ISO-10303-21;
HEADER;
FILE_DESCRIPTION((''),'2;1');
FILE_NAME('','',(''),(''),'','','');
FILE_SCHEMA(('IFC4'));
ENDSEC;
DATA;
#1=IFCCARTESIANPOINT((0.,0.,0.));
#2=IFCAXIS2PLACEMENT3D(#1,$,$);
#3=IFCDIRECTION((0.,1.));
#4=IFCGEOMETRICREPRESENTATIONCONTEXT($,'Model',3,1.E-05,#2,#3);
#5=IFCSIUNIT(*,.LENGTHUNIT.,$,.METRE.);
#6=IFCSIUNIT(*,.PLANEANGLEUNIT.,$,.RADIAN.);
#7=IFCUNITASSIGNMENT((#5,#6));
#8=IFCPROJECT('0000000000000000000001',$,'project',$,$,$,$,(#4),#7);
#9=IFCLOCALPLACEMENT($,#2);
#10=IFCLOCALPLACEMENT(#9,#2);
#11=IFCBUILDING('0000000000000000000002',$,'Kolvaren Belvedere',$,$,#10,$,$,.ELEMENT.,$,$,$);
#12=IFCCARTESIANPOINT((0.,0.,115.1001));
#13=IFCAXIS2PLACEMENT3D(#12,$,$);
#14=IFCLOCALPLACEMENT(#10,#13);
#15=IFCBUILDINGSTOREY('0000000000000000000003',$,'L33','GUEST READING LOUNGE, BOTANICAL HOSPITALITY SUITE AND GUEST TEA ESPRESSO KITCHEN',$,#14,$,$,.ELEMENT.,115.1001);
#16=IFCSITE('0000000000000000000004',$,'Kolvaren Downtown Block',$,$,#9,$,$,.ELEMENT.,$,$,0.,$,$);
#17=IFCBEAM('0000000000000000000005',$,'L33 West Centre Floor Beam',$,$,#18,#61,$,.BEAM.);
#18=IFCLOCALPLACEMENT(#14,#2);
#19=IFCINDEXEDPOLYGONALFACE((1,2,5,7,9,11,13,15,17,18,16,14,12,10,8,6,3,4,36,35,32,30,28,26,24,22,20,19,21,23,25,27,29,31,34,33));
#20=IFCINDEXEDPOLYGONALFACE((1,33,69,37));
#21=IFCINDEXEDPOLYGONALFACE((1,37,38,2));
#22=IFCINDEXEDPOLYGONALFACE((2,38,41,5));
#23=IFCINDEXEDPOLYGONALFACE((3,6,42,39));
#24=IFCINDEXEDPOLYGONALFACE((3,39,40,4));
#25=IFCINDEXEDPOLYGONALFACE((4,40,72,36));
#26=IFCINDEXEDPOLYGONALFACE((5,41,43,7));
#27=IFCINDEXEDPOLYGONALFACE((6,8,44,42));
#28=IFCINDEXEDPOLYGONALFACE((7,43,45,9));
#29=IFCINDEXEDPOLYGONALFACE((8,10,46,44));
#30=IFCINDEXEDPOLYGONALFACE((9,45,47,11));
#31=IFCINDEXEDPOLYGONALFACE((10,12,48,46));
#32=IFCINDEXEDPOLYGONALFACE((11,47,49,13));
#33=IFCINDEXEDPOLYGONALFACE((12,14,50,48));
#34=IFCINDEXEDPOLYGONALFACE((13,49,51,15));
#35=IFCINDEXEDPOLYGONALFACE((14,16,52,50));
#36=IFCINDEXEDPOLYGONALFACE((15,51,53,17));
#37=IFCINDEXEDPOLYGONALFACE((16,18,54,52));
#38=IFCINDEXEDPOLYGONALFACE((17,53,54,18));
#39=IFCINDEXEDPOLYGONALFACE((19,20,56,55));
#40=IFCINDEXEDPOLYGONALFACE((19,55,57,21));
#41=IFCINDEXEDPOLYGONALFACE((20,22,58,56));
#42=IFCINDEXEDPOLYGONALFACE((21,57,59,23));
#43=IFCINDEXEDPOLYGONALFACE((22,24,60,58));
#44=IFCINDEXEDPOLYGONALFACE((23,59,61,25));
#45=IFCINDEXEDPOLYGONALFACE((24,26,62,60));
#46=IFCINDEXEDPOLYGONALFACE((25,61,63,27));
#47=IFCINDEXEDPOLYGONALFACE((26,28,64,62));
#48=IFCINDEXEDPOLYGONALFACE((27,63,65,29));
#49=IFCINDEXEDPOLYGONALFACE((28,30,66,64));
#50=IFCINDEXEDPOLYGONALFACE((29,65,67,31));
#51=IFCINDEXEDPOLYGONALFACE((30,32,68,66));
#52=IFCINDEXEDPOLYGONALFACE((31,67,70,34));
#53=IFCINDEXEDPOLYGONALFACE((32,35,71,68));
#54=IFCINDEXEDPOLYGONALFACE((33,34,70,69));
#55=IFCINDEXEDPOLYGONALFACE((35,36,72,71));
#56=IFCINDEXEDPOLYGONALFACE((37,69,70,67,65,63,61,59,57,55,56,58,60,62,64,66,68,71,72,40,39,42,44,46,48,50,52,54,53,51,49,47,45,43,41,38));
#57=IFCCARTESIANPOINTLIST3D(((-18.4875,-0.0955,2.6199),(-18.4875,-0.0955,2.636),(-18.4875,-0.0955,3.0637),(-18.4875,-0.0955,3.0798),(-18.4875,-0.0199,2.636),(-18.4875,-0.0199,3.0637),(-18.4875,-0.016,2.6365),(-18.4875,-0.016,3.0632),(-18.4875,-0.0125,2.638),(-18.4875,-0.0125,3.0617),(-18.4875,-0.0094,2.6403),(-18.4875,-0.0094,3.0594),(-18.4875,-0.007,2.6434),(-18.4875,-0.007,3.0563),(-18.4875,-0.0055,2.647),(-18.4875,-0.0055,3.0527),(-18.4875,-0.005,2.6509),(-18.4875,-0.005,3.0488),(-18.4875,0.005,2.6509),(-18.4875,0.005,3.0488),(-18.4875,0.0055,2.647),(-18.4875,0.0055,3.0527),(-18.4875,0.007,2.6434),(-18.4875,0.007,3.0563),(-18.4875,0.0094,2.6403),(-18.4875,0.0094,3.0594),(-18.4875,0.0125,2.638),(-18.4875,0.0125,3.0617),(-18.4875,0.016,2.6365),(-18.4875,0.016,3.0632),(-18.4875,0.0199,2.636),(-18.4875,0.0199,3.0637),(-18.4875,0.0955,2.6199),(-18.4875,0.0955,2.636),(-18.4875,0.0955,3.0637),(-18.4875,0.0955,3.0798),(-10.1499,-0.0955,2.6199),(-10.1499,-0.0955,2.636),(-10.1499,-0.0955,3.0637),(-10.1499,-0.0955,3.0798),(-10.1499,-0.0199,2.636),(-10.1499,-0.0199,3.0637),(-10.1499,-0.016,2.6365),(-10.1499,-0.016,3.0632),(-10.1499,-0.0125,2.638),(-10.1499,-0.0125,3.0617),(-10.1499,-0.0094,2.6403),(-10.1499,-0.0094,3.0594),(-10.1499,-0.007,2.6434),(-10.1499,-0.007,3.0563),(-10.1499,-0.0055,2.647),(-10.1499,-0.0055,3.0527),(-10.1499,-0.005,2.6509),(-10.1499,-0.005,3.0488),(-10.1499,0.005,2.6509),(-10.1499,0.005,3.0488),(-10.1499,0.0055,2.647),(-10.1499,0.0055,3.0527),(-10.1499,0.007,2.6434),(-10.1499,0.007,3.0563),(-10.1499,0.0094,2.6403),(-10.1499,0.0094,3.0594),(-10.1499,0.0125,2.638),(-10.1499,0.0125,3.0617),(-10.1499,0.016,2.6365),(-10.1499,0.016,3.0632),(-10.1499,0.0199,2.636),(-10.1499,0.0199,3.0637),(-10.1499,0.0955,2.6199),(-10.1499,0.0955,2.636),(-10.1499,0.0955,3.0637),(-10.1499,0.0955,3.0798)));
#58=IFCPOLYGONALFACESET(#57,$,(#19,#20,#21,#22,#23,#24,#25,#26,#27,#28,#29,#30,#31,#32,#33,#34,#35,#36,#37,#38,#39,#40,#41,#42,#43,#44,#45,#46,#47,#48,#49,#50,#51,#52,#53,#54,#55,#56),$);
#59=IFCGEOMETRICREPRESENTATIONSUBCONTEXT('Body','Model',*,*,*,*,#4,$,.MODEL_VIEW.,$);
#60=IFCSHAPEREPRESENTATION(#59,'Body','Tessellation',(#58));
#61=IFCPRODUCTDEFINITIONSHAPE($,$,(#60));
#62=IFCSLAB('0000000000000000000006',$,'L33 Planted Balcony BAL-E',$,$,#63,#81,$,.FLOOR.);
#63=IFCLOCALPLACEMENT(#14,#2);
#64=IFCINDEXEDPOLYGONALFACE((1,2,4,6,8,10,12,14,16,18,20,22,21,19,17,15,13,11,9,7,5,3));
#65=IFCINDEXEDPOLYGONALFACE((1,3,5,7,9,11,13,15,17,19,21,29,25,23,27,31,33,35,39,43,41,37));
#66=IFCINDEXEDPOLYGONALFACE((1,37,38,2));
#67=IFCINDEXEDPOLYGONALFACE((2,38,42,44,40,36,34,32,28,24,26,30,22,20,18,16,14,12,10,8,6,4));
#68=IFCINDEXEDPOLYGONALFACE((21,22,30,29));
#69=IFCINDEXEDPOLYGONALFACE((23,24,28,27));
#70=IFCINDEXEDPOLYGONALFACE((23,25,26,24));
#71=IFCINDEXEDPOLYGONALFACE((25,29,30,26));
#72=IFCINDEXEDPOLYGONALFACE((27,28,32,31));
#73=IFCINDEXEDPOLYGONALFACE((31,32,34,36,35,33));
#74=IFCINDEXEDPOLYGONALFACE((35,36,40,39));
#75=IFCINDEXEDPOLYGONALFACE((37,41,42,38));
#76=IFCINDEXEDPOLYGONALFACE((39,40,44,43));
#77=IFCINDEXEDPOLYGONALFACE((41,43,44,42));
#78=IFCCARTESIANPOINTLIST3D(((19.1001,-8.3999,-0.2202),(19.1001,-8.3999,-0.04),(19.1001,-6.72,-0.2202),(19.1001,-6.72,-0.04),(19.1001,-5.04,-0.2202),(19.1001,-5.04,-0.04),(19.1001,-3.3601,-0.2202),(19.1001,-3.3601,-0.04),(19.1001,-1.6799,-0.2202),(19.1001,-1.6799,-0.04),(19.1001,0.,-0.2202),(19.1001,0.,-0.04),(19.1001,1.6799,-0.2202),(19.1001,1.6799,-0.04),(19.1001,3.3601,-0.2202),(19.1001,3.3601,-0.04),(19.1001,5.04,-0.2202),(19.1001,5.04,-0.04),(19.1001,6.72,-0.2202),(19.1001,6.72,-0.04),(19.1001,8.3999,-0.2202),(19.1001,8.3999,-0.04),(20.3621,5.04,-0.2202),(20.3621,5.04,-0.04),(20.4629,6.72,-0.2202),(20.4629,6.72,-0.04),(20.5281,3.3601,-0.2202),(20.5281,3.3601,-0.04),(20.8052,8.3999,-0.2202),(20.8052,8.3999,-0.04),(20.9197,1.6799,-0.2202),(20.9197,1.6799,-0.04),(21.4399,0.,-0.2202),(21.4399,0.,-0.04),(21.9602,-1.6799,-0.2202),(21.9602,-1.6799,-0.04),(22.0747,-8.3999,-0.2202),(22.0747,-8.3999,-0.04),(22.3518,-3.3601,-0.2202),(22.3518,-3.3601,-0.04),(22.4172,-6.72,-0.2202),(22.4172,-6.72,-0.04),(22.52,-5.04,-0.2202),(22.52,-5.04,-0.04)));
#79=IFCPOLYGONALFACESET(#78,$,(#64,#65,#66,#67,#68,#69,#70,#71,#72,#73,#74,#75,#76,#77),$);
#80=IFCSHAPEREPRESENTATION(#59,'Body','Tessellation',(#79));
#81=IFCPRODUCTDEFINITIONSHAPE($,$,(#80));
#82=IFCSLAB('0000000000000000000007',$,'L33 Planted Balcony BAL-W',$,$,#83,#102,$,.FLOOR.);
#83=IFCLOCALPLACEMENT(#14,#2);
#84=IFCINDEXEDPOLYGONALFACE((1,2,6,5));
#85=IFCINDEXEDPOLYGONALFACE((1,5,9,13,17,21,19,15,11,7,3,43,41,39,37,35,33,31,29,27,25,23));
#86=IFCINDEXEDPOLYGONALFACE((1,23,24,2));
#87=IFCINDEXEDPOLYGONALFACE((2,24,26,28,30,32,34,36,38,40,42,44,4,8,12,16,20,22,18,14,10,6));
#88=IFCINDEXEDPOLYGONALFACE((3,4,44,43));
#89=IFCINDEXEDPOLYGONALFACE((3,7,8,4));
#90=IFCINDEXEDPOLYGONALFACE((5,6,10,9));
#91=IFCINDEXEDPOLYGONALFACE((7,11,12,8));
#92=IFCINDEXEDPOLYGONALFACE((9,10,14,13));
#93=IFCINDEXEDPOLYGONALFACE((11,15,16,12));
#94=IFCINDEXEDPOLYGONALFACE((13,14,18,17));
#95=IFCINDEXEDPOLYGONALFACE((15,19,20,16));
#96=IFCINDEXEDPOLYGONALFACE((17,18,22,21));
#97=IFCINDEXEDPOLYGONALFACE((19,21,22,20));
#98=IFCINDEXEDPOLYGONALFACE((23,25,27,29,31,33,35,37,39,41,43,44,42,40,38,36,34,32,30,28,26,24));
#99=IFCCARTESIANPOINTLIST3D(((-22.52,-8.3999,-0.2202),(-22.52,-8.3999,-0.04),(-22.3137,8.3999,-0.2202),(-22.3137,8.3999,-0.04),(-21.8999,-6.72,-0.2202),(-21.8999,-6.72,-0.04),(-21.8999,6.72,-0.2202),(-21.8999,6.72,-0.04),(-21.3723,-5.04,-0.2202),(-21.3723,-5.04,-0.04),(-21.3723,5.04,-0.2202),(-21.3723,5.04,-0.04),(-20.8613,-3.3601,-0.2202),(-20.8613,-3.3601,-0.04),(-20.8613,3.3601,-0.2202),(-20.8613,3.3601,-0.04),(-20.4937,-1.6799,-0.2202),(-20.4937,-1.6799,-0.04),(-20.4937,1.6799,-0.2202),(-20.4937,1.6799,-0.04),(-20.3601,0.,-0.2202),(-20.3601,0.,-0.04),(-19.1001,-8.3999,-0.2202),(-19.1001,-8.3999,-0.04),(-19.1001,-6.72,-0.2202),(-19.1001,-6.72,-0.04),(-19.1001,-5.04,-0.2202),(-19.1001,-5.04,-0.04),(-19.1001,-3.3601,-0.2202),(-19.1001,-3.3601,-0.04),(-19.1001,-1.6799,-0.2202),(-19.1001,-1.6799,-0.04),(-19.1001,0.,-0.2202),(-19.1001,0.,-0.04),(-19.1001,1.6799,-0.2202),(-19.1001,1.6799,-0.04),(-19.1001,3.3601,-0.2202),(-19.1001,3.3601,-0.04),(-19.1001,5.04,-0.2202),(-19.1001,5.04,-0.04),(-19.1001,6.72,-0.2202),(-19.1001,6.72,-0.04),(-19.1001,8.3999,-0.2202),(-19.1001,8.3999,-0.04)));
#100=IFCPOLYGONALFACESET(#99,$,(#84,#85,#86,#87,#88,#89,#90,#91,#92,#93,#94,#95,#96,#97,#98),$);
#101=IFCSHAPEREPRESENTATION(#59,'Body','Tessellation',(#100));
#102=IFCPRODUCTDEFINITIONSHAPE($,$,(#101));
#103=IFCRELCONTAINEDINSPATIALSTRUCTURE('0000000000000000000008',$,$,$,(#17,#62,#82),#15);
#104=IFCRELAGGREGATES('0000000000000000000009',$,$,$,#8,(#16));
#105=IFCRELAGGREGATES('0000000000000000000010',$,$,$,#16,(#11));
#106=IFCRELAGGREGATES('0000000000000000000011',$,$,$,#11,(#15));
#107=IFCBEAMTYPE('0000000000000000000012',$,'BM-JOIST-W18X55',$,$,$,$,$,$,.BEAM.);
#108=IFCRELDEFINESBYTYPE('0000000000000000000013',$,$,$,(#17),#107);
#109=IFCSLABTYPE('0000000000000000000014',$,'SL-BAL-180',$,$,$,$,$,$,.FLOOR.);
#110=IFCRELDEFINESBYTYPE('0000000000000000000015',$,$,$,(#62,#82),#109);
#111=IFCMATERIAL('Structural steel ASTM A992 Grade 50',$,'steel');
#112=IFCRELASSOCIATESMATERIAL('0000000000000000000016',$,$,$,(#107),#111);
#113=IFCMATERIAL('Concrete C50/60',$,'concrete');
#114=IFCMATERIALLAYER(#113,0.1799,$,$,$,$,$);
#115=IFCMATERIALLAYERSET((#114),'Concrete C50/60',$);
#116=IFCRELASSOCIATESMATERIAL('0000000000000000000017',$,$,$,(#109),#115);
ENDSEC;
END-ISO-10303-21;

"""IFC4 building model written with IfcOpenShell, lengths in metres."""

from ifc_helpers import new_model, si_unit, direction, frame, origin, origin_2d, place, context, subcontext, project, spatial, polyline, i_section, outline, extrude, material, layer, layer_set, material_profile, profile_set, type_object, element, save


model = new_model("IFC4")

# Units and contexts
model_context = context("Model", 3, precision=1e-05, world=origin(), true_north=direction((0.0, 1.0)))
body_context = subcontext(model_context, "Body", "Model", "MODEL_VIEW")
ifc_project = project(units=[si_unit("LENGTHUNIT", "METRE"), si_unit("PLANEANGLEUNIT", "RADIAN")], contexts=[model_context])

# Site, building, storey
site_placement = place(None, origin())
site = spatial("IfcSite", under=ifc_project, at=site_placement, Name="Kolvaren Downtown Block", CompositionType="ELEMENT", RefElevation=0.0)
building_placement = place(site_placement, origin())
building = spatial("IfcBuilding", under=site, at=building_placement, Name="Kolvaren Belvedere", CompositionType="ELEMENT")
storey_placement = place(building_placement, frame((0.0, 0.0, 115.1001)))
storey = spatial("IfcBuildingStorey", under=building, at=storey_placement, Name="L33", Description="GUEST READING LOUNGE, BOTANICAL HOSPITALITY SUITE AND GUEST TEA ESPRESSO KITCHEN", CompositionType="ELEMENT", Elevation=115.1001)

# Beam
ifc_material_1 = material(Name="Structural steel ASTM A992 Grade 50", Category="steel")
ifc_material_profile_1 = material_profile(ifc_material_1, i_section(OverallWidth=0.1909, OverallDepth=0.46, WebThickness=0.01, FlangeThickness=0.0161, FilletRadius=0.0149, at=origin_2d()), Name="W18X55")
ifc_profile_set_1 = profile_set([ifc_material_profile_1], Name="Structural steel ASTM A992 Grade 50")
beam_type_1 = type_object("IfcBeamType", Name="BM-JOIST-W18X55", PredefinedType="BEAM", material=ifc_profile_set_1)
beam_1_placement = place(storey_placement, frame((-10.1499, 0.0, 2.8499), z_axis=(-1.0, 0.0, 0.0), x_axis=(0.0, -1.0, 0.0)))
element("IfcBeam", 1, at=beam_1_placement, inside=storey, type_object=beam_type_1, Name="L33 West Centre Floor Beam", PredefinedType="BEAM", context=body_context, shape_type="SweptSolid", body=[
    extrude(i_section(OverallWidth=0.1909, OverallDepth=0.46, WebThickness=0.01, FlangeThickness=0.0161, FilletRadius=0.0149, at=origin_2d()), origin(), (0.0, 0.0, 1.0), 8.3376),
])

# Slabs
ifc_material_2 = material(Name="Concrete C50/60", Category="concrete")
ifc_layer_1 = layer(ifc_material_2, 0.1799)
ifc_layer_set_1 = layer_set([ifc_layer_1], Name="Concrete C50/60")
slab_type_1 = type_object("IfcSlabType", Name="SL-BAL-180", PredefinedType="FLOOR", material=ifc_layer_set_1)
slab_1_placement = place(storey_placement, frame((0.0, 0.0, -0.2202)))
element("IfcSlab", 2, at=slab_1_placement, inside=storey, type_object=slab_type_1, Name="L33 Planted Balcony BAL-E", PredefinedType="FLOOR", context=body_context, shape_type="SweptSolid", body=[
    extrude(outline(polyline([(22.0747, -8.3999), (22.4172, -6.72), (22.52, -5.04), (22.3518, -3.3601), (21.9602, -1.6799), (21.4399, 0.0), (20.9197, 1.6799), (20.5281, 3.3601), (20.3621, 5.04), (20.4629, 6.72), (20.8052, 8.3999), (19.1001, 8.3999), (19.1001, 6.72), (19.1001, 5.04), (19.1001, 3.3601), (19.1001, 1.6799), (19.1001, 0.0), (19.1001, -1.6799), (19.1001, -3.3601), (19.1001, -5.04), (19.1001, -6.72), (19.1001, -8.3999), (22.0747, -8.3999)])), origin(), (0.0, 0.0, 1.0), 0.1802),
])
slab_2_placement = place(storey_placement, frame((0.0, 0.0, -0.2202)))
element("IfcSlab", 3, at=slab_2_placement, inside=storey, type_object=slab_type_1, Name="L33 Planted Balcony BAL-W", PredefinedType="FLOOR", context=body_context, shape_type="SweptSolid", body=[
    extrude(outline(polyline([(-22.3137, 8.3999), (-21.8999, 6.72), (-21.3723, 5.04), (-20.8613, 3.3601), (-20.4937, 1.6799), (-20.3601, 0.0), (-20.4937, -1.6799), (-20.8613, -3.3601), (-21.3723, -5.04), (-21.8999, -6.72), (-22.52, -8.3999), (-19.1001, -8.3999), (-19.1001, -6.72), (-19.1001, -5.04), (-19.1001, -3.3601), (-19.1001, -1.6799), (-19.1001, 0.0), (-19.1001, 1.6799), (-19.1001, 3.3601), (-19.1001, 5.04), (-19.1001, 6.72), (-19.1001, 8.3999), (-22.3137, 8.3999)])), origin(), (0.0, 0.0, 1.0), 0.1802),
])

save(model, "model.ifc")
